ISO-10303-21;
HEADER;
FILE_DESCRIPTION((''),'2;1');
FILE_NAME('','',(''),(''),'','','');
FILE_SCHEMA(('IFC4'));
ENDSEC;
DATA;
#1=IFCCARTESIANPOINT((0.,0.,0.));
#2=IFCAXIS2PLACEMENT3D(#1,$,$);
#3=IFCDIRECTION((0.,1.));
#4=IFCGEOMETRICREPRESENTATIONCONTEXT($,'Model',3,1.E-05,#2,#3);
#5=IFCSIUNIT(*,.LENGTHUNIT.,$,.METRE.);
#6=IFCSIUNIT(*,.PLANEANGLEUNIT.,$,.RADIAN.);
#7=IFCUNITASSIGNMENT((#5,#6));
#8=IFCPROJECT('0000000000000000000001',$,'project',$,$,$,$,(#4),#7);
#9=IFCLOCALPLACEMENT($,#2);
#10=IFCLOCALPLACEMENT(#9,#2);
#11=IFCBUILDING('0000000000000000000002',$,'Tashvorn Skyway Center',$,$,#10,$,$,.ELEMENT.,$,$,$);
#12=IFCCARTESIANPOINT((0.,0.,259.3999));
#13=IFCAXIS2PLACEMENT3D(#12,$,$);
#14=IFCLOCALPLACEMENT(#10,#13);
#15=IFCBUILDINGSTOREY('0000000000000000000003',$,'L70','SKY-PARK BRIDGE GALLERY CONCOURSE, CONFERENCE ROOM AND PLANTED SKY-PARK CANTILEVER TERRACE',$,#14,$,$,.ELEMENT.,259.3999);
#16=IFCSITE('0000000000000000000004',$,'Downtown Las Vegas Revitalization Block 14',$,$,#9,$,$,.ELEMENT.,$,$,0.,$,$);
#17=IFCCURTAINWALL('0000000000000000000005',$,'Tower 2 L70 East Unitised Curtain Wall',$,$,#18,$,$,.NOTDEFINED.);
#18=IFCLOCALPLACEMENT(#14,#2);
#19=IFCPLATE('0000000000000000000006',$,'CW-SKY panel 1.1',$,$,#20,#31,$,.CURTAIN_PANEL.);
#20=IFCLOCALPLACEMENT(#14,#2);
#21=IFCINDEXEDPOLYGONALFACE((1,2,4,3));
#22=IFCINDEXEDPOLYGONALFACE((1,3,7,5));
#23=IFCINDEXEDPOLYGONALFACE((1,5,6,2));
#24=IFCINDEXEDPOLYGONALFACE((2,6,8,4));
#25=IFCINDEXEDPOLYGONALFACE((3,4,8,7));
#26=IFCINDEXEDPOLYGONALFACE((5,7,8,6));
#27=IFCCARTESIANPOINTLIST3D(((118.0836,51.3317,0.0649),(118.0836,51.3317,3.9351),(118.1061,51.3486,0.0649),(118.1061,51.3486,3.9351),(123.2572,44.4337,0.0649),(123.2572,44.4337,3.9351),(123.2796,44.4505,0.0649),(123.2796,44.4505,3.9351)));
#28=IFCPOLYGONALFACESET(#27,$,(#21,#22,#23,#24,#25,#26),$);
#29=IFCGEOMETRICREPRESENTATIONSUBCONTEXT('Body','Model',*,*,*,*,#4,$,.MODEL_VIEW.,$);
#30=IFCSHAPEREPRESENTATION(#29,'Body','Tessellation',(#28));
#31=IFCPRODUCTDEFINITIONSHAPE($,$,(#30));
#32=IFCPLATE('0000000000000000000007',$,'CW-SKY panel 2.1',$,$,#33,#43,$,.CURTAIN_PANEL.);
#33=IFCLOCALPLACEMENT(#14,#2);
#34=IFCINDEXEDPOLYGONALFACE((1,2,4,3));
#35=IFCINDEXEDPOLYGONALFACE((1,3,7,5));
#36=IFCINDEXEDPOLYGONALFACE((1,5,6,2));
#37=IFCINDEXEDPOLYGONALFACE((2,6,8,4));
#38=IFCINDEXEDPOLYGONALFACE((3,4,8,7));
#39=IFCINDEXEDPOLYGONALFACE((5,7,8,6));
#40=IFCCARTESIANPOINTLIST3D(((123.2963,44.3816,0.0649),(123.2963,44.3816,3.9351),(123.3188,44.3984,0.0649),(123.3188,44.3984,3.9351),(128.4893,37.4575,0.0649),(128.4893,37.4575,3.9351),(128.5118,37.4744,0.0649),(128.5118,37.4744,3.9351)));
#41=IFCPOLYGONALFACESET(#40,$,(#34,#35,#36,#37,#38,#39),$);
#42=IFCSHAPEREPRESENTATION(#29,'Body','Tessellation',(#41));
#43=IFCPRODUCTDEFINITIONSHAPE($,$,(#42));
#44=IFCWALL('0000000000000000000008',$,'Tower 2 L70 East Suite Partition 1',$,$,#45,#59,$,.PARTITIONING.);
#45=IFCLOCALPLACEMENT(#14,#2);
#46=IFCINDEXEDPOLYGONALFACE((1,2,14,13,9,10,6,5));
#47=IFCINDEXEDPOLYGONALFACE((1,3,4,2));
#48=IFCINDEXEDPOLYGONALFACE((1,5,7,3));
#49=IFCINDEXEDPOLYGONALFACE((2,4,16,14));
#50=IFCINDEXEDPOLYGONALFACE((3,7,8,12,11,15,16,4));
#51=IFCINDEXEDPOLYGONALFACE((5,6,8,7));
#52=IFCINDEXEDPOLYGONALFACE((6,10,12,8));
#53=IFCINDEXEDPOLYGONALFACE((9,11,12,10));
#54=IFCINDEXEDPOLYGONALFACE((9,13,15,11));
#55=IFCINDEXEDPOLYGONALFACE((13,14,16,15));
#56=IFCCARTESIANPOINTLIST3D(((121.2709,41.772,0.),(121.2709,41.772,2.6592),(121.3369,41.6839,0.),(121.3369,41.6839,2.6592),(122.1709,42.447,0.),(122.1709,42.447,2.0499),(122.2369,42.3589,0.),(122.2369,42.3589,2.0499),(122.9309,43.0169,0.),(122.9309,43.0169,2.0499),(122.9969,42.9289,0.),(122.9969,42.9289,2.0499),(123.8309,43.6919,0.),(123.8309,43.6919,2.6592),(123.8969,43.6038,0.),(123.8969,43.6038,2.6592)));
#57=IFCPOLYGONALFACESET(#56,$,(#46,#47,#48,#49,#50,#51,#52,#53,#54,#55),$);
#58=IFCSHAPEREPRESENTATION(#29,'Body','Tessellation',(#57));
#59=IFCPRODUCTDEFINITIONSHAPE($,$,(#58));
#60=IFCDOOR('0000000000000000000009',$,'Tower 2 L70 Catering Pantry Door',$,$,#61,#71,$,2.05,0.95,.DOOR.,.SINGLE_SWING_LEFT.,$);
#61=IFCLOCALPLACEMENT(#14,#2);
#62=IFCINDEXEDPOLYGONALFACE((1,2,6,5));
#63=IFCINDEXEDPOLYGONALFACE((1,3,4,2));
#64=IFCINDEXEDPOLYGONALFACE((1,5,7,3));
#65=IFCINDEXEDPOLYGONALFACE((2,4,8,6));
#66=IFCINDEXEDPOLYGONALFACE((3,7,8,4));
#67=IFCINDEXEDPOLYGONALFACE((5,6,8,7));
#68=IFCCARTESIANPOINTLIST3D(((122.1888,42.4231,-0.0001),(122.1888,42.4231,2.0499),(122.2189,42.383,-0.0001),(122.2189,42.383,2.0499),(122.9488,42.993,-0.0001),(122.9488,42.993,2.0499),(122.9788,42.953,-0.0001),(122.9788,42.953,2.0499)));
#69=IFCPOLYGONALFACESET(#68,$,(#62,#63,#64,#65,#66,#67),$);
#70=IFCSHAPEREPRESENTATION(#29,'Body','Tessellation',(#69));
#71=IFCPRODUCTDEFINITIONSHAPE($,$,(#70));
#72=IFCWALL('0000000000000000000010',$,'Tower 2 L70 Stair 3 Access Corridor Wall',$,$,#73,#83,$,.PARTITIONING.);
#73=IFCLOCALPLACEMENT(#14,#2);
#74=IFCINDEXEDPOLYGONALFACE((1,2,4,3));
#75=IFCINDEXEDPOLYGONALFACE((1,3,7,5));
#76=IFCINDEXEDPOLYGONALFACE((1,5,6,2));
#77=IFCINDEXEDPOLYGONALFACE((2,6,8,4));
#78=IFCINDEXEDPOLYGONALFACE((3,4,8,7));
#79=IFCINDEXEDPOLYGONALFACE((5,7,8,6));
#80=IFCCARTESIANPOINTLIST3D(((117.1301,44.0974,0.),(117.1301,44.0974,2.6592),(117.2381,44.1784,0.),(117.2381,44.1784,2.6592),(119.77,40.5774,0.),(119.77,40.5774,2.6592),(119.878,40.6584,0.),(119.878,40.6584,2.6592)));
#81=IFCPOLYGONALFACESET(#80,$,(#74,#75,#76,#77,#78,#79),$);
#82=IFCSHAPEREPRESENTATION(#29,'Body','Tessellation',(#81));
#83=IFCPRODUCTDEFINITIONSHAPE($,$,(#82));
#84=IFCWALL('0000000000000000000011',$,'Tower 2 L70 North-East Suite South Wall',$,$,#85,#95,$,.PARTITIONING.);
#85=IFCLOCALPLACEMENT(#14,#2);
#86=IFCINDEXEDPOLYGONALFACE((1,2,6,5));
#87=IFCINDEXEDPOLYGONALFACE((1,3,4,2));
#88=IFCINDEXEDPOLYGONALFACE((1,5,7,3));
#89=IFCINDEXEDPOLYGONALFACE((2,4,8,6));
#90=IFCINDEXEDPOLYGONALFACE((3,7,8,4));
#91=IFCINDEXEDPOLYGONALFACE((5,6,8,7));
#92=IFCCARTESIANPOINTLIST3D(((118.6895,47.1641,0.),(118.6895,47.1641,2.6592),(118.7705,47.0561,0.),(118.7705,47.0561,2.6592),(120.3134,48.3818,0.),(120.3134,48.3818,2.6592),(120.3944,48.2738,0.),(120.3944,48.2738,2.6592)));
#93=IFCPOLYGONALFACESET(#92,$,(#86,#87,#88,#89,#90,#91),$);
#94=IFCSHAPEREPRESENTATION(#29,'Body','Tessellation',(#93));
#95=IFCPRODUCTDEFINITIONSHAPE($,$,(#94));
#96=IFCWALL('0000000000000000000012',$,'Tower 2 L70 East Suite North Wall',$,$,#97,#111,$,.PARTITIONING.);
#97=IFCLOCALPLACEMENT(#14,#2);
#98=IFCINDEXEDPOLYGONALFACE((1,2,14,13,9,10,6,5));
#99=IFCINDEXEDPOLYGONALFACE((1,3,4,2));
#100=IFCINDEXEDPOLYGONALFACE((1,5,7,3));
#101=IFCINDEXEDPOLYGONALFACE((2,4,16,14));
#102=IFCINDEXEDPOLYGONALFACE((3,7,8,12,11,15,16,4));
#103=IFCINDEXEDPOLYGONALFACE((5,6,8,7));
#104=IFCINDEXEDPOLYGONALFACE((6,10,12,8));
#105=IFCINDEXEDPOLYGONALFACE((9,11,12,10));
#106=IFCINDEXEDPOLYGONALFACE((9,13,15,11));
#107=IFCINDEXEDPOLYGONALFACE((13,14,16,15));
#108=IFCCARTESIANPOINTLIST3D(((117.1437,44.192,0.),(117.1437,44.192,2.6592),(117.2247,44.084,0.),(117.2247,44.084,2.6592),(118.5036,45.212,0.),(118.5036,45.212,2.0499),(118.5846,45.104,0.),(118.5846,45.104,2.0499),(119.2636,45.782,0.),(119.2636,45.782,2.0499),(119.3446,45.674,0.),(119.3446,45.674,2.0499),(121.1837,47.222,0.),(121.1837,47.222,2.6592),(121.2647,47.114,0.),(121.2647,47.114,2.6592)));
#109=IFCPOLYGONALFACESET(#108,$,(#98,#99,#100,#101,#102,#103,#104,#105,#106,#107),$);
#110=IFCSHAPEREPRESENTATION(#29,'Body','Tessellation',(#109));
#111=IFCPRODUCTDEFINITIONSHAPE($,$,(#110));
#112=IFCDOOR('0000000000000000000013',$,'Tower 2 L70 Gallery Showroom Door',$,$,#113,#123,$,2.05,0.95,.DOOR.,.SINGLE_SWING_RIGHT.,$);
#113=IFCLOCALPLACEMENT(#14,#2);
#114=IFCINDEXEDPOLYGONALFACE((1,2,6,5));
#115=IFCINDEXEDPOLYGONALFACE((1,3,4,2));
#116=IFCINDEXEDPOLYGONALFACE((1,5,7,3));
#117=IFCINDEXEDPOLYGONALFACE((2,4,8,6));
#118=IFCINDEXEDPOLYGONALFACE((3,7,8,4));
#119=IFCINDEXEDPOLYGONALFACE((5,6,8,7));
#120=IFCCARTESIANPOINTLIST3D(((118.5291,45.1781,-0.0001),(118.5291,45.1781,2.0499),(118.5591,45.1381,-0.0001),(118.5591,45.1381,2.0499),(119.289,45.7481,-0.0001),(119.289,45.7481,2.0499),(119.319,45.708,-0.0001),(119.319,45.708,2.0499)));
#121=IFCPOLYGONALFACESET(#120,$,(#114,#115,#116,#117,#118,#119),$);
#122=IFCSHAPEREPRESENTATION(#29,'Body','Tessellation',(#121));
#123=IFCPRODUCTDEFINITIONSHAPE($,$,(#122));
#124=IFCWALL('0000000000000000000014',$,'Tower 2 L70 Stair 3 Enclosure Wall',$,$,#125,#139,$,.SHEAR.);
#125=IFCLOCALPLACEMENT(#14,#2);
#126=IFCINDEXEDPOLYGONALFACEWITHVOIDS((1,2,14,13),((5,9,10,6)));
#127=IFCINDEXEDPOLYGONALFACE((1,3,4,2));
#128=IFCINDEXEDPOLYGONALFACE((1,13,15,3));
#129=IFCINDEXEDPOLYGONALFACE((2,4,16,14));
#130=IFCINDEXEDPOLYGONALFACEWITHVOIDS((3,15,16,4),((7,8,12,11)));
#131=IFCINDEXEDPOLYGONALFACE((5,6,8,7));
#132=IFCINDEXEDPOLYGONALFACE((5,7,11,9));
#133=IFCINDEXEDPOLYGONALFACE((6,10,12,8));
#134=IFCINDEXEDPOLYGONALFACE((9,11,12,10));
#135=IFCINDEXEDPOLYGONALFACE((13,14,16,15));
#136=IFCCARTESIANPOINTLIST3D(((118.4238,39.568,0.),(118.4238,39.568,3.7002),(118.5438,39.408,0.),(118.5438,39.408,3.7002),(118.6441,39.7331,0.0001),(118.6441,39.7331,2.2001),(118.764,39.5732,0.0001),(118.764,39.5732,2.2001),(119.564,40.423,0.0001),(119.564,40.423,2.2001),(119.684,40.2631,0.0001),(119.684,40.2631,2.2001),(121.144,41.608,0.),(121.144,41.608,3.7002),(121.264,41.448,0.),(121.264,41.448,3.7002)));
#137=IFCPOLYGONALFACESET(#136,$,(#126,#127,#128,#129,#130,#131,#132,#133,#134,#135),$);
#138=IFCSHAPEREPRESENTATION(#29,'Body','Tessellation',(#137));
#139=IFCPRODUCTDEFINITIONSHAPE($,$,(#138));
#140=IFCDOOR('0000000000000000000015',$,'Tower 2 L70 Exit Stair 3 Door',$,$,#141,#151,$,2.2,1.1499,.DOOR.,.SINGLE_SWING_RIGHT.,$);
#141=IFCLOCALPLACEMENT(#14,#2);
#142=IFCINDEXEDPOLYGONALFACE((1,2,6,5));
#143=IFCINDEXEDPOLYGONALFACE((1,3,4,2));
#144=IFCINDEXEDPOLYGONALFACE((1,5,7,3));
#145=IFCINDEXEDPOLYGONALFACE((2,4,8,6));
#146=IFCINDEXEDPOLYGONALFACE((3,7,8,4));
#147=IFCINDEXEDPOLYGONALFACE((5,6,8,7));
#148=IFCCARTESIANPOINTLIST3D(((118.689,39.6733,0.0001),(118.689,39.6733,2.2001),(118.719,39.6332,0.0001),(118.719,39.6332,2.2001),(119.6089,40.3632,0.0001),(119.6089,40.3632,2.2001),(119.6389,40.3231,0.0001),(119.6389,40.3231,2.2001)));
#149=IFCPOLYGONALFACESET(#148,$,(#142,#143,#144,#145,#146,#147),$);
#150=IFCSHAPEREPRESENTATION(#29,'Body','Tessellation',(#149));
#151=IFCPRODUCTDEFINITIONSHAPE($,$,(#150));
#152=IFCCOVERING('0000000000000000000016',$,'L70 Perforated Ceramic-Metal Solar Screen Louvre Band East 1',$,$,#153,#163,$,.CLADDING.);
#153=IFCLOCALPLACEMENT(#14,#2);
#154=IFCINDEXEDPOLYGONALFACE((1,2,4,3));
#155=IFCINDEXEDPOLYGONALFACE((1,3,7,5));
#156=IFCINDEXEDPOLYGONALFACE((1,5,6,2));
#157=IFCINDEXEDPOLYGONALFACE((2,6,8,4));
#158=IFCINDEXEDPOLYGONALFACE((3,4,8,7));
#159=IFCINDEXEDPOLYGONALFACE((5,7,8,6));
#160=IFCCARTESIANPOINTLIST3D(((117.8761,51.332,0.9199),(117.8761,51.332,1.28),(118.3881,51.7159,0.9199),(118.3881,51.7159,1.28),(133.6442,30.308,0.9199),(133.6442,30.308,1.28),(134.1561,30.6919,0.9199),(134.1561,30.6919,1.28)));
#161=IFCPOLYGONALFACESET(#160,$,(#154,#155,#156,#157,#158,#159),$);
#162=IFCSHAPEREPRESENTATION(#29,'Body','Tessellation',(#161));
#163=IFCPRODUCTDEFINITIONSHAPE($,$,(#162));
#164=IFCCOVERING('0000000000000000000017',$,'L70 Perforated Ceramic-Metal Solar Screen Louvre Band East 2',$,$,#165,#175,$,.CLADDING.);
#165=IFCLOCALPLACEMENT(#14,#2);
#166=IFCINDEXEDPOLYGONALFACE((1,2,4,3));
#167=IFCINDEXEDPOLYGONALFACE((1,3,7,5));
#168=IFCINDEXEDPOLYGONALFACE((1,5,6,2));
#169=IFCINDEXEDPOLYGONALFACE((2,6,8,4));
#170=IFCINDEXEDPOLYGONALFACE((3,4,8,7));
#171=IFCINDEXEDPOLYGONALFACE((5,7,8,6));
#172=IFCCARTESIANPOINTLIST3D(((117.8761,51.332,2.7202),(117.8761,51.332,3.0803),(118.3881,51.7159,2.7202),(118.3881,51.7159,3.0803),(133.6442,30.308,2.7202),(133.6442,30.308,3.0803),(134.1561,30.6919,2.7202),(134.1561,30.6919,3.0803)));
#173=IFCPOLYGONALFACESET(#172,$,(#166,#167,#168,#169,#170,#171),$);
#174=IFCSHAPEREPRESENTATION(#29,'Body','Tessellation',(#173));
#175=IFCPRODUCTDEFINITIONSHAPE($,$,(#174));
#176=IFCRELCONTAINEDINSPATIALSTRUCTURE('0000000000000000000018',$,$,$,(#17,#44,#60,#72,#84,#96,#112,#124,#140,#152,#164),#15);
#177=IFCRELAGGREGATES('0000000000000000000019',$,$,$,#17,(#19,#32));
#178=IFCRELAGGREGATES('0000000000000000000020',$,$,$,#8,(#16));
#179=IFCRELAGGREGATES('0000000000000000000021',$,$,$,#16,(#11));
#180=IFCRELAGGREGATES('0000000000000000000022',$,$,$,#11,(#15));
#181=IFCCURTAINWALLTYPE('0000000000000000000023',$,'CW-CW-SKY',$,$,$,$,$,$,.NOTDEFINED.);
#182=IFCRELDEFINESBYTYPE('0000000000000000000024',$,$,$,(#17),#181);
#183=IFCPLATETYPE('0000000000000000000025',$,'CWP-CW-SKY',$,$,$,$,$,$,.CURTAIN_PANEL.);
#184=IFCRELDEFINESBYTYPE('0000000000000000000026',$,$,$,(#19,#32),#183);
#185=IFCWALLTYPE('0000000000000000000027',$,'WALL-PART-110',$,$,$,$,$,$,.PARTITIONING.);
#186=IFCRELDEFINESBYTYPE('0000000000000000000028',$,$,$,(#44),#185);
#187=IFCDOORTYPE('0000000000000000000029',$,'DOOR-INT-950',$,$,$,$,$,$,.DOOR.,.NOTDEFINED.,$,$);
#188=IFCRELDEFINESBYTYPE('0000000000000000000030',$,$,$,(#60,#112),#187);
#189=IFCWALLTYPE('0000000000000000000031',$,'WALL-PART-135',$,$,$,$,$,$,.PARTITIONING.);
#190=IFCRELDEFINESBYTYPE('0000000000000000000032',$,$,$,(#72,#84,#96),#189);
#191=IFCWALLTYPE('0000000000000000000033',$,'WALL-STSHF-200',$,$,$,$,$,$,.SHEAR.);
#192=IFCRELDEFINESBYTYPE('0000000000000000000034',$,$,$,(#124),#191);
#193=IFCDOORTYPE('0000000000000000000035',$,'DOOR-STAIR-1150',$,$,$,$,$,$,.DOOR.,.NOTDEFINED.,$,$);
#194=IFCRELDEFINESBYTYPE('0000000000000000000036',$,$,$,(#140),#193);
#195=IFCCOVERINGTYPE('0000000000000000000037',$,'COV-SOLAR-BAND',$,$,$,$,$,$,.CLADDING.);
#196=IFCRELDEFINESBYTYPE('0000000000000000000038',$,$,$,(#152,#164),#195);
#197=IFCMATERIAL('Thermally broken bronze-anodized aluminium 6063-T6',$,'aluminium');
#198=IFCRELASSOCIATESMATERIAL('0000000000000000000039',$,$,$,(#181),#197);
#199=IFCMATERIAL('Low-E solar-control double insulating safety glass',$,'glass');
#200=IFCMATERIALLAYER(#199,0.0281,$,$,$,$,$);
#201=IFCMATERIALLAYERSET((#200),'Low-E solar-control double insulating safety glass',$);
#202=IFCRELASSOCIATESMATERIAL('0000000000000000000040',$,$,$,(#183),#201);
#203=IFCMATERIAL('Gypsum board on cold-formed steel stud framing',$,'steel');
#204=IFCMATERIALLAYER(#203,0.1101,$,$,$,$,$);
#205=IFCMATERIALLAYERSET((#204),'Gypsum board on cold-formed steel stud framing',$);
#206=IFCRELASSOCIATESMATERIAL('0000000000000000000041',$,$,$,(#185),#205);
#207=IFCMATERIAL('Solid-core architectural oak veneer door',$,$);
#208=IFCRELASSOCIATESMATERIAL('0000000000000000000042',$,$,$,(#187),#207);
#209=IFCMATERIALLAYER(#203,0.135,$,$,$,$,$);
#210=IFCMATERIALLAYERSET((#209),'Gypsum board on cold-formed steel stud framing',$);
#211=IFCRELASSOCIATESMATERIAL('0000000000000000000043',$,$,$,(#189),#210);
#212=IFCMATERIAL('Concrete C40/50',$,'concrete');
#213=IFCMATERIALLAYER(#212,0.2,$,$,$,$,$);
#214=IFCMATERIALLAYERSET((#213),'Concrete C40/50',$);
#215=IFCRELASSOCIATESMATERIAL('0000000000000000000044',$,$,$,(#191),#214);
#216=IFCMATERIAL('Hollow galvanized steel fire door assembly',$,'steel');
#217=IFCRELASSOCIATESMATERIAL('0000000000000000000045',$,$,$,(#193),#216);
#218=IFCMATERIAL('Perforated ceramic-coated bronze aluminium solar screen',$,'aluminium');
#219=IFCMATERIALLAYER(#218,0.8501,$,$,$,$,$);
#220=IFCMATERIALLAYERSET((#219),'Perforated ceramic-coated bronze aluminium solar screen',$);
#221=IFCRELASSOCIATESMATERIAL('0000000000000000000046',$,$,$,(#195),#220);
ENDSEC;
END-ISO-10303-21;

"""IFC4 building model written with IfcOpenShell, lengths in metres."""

from ifc_helpers import new_model, si_unit, direction, frame, frame_2d, origin, origin_2d, place, context, subcontext, project, spatial, rectangle, extrude, material, layer, layer_set, type_object, element, fill, aggregate, save


model = new_model("IFC4")

# Units and contexts
model_context = context("Model", 3, precision=1e-05, world=origin(), true_north=direction((0.0, 1.0)))
body_context = subcontext(model_context, "Body", "Model", "MODEL_VIEW")
ifc_project = project(units=[si_unit("LENGTHUNIT", "METRE"), si_unit("PLANEANGLEUNIT", "RADIAN")], contexts=[model_context])

# Site, building, storey
site_placement = place(None, origin())
site = spatial("IfcSite", under=ifc_project, at=site_placement, Name="Downtown Las Vegas Revitalization Block 14", CompositionType="ELEMENT", RefElevation=0.0)
building_placement = place(site_placement, origin())
building = spatial("IfcBuilding", under=site, at=building_placement, Name="Tashvorn Skyway Center", CompositionType="ELEMENT")
storey_placement = place(building_placement, frame((0.0, 0.0, 259.3999)))
storey = spatial("IfcBuildingStorey", under=building, at=storey_placement, Name="L70", Description="SKY-PARK BRIDGE GALLERY CONCOURSE, CONFERENCE ROOM AND PLANTED SKY-PARK CANTILEVER TERRACE", CompositionType="ELEMENT", Elevation=259.3999)

# Curtain wall, plates
ifc_material_1 = material(Name="Thermally broken bronze-anodized aluminium 6063-T6", Category="aluminium")
curtain_wall_type = type_object("IfcCurtainWallType", Name="CW-CW-SKY", PredefinedType="NOTDEFINED", material=ifc_material_1)
curtain_wall_placement = place(storey_placement, origin())
curtain_wall = element("IfcCurtainWall", 1, at=curtain_wall_placement, inside=storey, type_object=curtain_wall_type, Name="Tower 2 L70 East Unitised Curtain Wall", PredefinedType="NOTDEFINED")
ifc_material_2 = material(Name="Low-E solar-control double insulating safety glass", Category="glass")
ifc_layer_1 = layer(ifc_material_2, 0.0281)
ifc_layer_set_1 = layer_set([ifc_layer_1], Name="Low-E solar-control double insulating safety glass")
plate_type = type_object("IfcPlateType", Name="CWP-CW-SKY", PredefinedType="CURTAIN_PANEL", material=ifc_layer_set_1)
plate_1_placement = place(storey_placement, frame((120.6816, 47.8911, 0.0649), z_axis=(0.0, 0.0, 1.0), x_axis=(0.6, -0.8, 0.0)))
plate_1 = element("IfcPlate", 2, at=plate_1_placement, type_object=plate_type, Name="CW-SKY panel 1.1", PredefinedType="CURTAIN_PANEL", context=body_context, shape_type="SweptSolid", body=[
    extrude(rectangle(XDim=8.6226, YDim=0.0281, at=origin_2d()), origin(), (0.0, 0.0, 1.0), 3.8701),
])
plate_2_placement = place(storey_placement, frame((125.9041, 40.928, 0.0649), z_axis=(0.0, 0.0, 1.0), x_axis=(0.6, -0.8, 0.0)))
plate_2 = element("IfcPlate", 3, at=plate_2_placement, type_object=plate_type, Name="CW-SKY panel 2.1", PredefinedType="CURTAIN_PANEL", context=body_context, shape_type="SweptSolid", body=[
    extrude(rectangle(XDim=8.655, YDim=0.0281, at=origin_2d()), origin(), (0.0, 0.0, 1.0), 3.8701),
])
aggregate(curtain_wall, [plate_1, plate_2])

# Wall, opening, door
ifc_material_3 = material(Name="Gypsum board on cold-formed steel stud framing", Category="steel")
ifc_layer_2 = layer(ifc_material_3, 0.1101)
ifc_layer_set_2 = layer_set([ifc_layer_2], Name="Gypsum board on cold-formed steel stud framing")
wall_type_1 = type_object("IfcWallType", Name="WALL-PART-110", PredefinedType="PARTITIONING", material=ifc_layer_set_2)
wall_1_placement = place(storey_placement, frame((123.864, 43.6479, 0.0), z_axis=(0.0, 0.0, 1.0), x_axis=(-0.800018, -0.599976, 0.0)))
wall_1 = element("IfcWall", 4, at=wall_1_placement, inside=storey, type_object=wall_type_1, Name="Tower 2 L70 East Suite Partition 1", PredefinedType="PARTITIONING", context=body_context, shape_type="SweptSolid", body=[
    extrude(rectangle(XDim=3.2, YDim=0.1101, at=frame_2d((1.6001, 0.0))), origin(), (0.0, 0.0, 1.0), 2.6592),
])
opening_1_placement = place(wall_1_placement, frame((1.125, 0.0, 0.0)))
opening_1 = element("IfcOpeningElement", 5, at=opening_1_placement, cuts=wall_1, PredefinedType="OPENING", context=body_context, shape_type="SweptSolid", body=[
    extrude(rectangle(XDim=0.95, YDim=2.05, at=frame_2d((0.4751, 1.0249))), frame((0.0, 0.0649, 0.0), z_axis=(0.0, -1.0, 0.0), x_axis=(1.0, 0.0, 0.0)), (0.0, 0.0, 1.0), 0.1301),
])
ifc_material_4 = material(Name="Solid-core architectural oak veneer door")
door_type_1 = type_object("IfcDoorType", Name="DOOR-INT-950", OperationType="NOTDEFINED", PredefinedType="DOOR", material=ifc_material_4)
door_1_placement = place(opening_1_placement, origin())
door_1 = element("IfcDoor", 6, at=door_1_placement, inside=storey, type_object=door_type_1, Name="Tower 2 L70 Catering Pantry Door", OperationType="SINGLE_SWING_LEFT", OverallHeight=2.05, OverallWidth=0.95, PredefinedType="DOOR", context=body_context, shape_type="SweptSolid", body=[
    extrude(rectangle(XDim=0.95, YDim=2.05, at=frame_2d((0.4751, 1.0249))), frame((0.0, 0.0249, 0.0), z_axis=(0.0, -1.0, 0.0), x_axis=(1.0, 0.0, 0.0)), (0.0, 0.0, 1.0), 0.05),
])
fill(opening_1, door_1)

# Walls
ifc_layer_3 = layer(ifc_material_3, 0.135)
ifc_layer_set_3 = layer_set([ifc_layer_3], Name="Gypsum board on cold-formed steel stud framing")
wall_type_2 = type_object("IfcWallType", Name="WALL-PART-135", PredefinedType="PARTITIONING", material=ifc_layer_set_3)
wall_2_placement = place(storey_placement, frame((119.824, 40.6179, 0.0), z_axis=(0.0, 0.0, 1.0), x_axis=(-0.599982, 0.800013, 0.0)))
element("IfcWall", 7, at=wall_2_placement, inside=storey, type_object=wall_type_2, Name="Tower 2 L70 Stair 3 Access Corridor Wall", PredefinedType="PARTITIONING", context=body_context, shape_type="SweptSolid", body=[
    extrude(rectangle(XDim=4.3999, YDim=0.135, at=frame_2d((2.2, 0.0))), origin(), (0.0, 0.0, 1.0), 2.6592),
])
wall_3_placement = place(storey_placement, frame((118.73, 47.1101, 0.0), z_axis=(0.0, 0.0, 1.0), x_axis=(0.800058, 0.599923, 0.0)))
element("IfcWall", 8, at=wall_3_placement, inside=storey, type_object=wall_type_2, Name="Tower 2 L70 North-East Suite South Wall", PredefinedType="PARTITIONING", context=body_context, shape_type="SweptSolid", body=[
    extrude(rectangle(XDim=2.0298, YDim=0.135, at=frame_2d((1.0149, 0.0))), origin(), (0.0, 0.0, 1.0), 2.6592),
])

# Walls, openings, doors
wall_4_placement = place(storey_placement, frame((121.2241, 47.168, 0.0), z_axis=(0.0, 0.0, 1.0), x_axis=(-0.8, -0.6, 0.0)))
wall_4 = element("IfcWall", 9, at=wall_4_placement, inside=storey, type_object=wall_type_2, Name="Tower 2 L70 East Suite North Wall", PredefinedType="PARTITIONING", context=body_context, shape_type="SweptSolid", body=[
    extrude(rectangle(XDim=5.05, YDim=0.135, at=frame_2d((2.5249, 0.0))), origin(), (0.0, 0.0, 1.0), 2.6592),
])
opening_2_placement = place(wall_4_placement, frame((2.3999, 0.0, 0.0)))
opening_2 = element("IfcOpeningElement", 10, at=opening_2_placement, cuts=wall_4, PredefinedType="OPENING", context=body_context, shape_type="SweptSolid", body=[
    extrude(rectangle(XDim=0.95, YDim=2.05, at=frame_2d((0.4751, 1.0249))), frame((0.0, 0.0774, 0.0), z_axis=(0.0, -1.0, 0.0), x_axis=(1.0, 0.0, 0.0)), (0.0, 0.0, 1.0), 0.155),
])
door_2_placement = place(opening_2_placement, origin())
door_2 = element("IfcDoor", 11, at=door_2_placement, inside=storey, type_object=door_type_1, Name="Tower 2 L70 Gallery Showroom Door", OperationType="SINGLE_SWING_RIGHT", OverallHeight=2.05, OverallWidth=0.95, PredefinedType="DOOR", context=body_context, shape_type="SweptSolid", body=[
    extrude(rectangle(XDim=0.95, YDim=2.05, at=frame_2d((0.4751, 1.0249))), frame((0.0, 0.0249, 0.0), z_axis=(0.0, -1.0, 0.0), x_axis=(1.0, 0.0, 0.0)), (0.0, 0.0, 1.0), 0.05),
])
fill(opening_2, door_2)
ifc_material_5 = material(Name="Concrete C40/50", Category="concrete")
ifc_layer_4 = layer(ifc_material_5, 0.2)
ifc_layer_set_4 = layer_set([ifc_layer_4], Name="Concrete C40/50")
wall_type_3 = type_object("IfcWallType", Name="WALL-STSHF-200", PredefinedType="SHEAR", material=ifc_layer_set_4)
wall_5_placement = place(storey_placement, frame((121.2041, 41.5281, 0.0), z_axis=(0.0, 0.0, 1.0), x_axis=(-0.800017, -0.599977, 0.0)))
wall_5 = element("IfcWall", 12, at=wall_5_placement, inside=storey, type_object=wall_type_3, Name="Tower 2 L70 Stair 3 Enclosure Wall", PredefinedType="SHEAR", context=body_context, shape_type="SweptSolid", body=[
    extrude(rectangle(XDim=3.4001, YDim=0.2, at=frame_2d((1.7002, 0.0))), origin(), (0.0, 0.0, 1.0), 3.7002),
])
opening_3_placement = place(wall_5_placement, frame((1.9751, 0.0, 0.0)))
opening_3 = element("IfcOpeningElement", 13, at=opening_3_placement, cuts=wall_5, PredefinedType="OPENING", context=body_context, shape_type="SweptSolid", body=[
    extrude(rectangle(XDim=1.1499, YDim=2.2, at=frame_2d((0.575, 1.1001))), frame((0.0, 0.1099, 0.0), z_axis=(0.0, -1.0, 0.0), x_axis=(1.0, 0.0, 0.0)), (0.0, 0.0, 1.0), 0.22),
])
ifc_material_6 = material(Name="Hollow galvanized steel fire door assembly", Category="steel")
door_type_2 = type_object("IfcDoorType", Name="DOOR-STAIR-1150", OperationType="NOTDEFINED", PredefinedType="DOOR", material=ifc_material_6)
door_3_placement = place(opening_3_placement, origin())
door_3 = element("IfcDoor", 14, at=door_3_placement, inside=storey, type_object=door_type_2, Name="Tower 2 L70 Exit Stair 3 Door", OperationType="SINGLE_SWING_RIGHT", OverallHeight=2.2, OverallWidth=1.1499, PredefinedType="DOOR", context=body_context, shape_type="SweptSolid", body=[
    extrude(rectangle(XDim=1.1499, YDim=2.2, at=frame_2d((0.575, 1.1001))), frame((0.0, 0.0249, 0.0), z_axis=(0.0, -1.0, 0.0), x_axis=(1.0, 0.0, 0.0)), (0.0, 0.0, 1.0), 0.05),
])
fill(opening_3, door_3)

# Coverings
ifc_material_7 = material(Name="Perforated ceramic-coated bronze aluminium solar screen", Category="aluminium")
ifc_layer_5 = layer(ifc_material_7, 0.8501)
ifc_layer_set_5 = layer_set([ifc_layer_5], Name="Perforated ceramic-coated bronze aluminium solar screen")
covering_type = type_object("IfcCoveringType", Name="COV-SOLAR-BAND", PredefinedType="CLADDING", material=ifc_layer_set_5)
for number, where, z_axis, x_axis, name in (
    (15, (126.0161, 41.012, 0.9199), (0.0, 0.0, 1.0), (0.6, -0.8, 0.0), "L70 Perforated Ceramic-Metal Solar Screen Louvre Band East 1"),
    (16, (126.0161, 41.012, 2.7202), (0.0, 0.0, 1.0), (0.6, -0.8, 0.0), "L70 Perforated Ceramic-Metal Solar Screen Louvre Band East 2"),
):
    element("IfcCovering", number, at=place(storey_placement, frame(where, z_axis=z_axis, x_axis=x_axis)), inside=storey, type_object=covering_type, Name=name, PredefinedType="CLADDING", context=body_context, shape_type="SweptSolid", body=[
        extrude(rectangle(XDim=26.28, YDim=0.6399, at=origin_2d()), origin(), (0.0, 0.0, 1.0), 0.3601),
    ])

save(model, "model.ifc")
